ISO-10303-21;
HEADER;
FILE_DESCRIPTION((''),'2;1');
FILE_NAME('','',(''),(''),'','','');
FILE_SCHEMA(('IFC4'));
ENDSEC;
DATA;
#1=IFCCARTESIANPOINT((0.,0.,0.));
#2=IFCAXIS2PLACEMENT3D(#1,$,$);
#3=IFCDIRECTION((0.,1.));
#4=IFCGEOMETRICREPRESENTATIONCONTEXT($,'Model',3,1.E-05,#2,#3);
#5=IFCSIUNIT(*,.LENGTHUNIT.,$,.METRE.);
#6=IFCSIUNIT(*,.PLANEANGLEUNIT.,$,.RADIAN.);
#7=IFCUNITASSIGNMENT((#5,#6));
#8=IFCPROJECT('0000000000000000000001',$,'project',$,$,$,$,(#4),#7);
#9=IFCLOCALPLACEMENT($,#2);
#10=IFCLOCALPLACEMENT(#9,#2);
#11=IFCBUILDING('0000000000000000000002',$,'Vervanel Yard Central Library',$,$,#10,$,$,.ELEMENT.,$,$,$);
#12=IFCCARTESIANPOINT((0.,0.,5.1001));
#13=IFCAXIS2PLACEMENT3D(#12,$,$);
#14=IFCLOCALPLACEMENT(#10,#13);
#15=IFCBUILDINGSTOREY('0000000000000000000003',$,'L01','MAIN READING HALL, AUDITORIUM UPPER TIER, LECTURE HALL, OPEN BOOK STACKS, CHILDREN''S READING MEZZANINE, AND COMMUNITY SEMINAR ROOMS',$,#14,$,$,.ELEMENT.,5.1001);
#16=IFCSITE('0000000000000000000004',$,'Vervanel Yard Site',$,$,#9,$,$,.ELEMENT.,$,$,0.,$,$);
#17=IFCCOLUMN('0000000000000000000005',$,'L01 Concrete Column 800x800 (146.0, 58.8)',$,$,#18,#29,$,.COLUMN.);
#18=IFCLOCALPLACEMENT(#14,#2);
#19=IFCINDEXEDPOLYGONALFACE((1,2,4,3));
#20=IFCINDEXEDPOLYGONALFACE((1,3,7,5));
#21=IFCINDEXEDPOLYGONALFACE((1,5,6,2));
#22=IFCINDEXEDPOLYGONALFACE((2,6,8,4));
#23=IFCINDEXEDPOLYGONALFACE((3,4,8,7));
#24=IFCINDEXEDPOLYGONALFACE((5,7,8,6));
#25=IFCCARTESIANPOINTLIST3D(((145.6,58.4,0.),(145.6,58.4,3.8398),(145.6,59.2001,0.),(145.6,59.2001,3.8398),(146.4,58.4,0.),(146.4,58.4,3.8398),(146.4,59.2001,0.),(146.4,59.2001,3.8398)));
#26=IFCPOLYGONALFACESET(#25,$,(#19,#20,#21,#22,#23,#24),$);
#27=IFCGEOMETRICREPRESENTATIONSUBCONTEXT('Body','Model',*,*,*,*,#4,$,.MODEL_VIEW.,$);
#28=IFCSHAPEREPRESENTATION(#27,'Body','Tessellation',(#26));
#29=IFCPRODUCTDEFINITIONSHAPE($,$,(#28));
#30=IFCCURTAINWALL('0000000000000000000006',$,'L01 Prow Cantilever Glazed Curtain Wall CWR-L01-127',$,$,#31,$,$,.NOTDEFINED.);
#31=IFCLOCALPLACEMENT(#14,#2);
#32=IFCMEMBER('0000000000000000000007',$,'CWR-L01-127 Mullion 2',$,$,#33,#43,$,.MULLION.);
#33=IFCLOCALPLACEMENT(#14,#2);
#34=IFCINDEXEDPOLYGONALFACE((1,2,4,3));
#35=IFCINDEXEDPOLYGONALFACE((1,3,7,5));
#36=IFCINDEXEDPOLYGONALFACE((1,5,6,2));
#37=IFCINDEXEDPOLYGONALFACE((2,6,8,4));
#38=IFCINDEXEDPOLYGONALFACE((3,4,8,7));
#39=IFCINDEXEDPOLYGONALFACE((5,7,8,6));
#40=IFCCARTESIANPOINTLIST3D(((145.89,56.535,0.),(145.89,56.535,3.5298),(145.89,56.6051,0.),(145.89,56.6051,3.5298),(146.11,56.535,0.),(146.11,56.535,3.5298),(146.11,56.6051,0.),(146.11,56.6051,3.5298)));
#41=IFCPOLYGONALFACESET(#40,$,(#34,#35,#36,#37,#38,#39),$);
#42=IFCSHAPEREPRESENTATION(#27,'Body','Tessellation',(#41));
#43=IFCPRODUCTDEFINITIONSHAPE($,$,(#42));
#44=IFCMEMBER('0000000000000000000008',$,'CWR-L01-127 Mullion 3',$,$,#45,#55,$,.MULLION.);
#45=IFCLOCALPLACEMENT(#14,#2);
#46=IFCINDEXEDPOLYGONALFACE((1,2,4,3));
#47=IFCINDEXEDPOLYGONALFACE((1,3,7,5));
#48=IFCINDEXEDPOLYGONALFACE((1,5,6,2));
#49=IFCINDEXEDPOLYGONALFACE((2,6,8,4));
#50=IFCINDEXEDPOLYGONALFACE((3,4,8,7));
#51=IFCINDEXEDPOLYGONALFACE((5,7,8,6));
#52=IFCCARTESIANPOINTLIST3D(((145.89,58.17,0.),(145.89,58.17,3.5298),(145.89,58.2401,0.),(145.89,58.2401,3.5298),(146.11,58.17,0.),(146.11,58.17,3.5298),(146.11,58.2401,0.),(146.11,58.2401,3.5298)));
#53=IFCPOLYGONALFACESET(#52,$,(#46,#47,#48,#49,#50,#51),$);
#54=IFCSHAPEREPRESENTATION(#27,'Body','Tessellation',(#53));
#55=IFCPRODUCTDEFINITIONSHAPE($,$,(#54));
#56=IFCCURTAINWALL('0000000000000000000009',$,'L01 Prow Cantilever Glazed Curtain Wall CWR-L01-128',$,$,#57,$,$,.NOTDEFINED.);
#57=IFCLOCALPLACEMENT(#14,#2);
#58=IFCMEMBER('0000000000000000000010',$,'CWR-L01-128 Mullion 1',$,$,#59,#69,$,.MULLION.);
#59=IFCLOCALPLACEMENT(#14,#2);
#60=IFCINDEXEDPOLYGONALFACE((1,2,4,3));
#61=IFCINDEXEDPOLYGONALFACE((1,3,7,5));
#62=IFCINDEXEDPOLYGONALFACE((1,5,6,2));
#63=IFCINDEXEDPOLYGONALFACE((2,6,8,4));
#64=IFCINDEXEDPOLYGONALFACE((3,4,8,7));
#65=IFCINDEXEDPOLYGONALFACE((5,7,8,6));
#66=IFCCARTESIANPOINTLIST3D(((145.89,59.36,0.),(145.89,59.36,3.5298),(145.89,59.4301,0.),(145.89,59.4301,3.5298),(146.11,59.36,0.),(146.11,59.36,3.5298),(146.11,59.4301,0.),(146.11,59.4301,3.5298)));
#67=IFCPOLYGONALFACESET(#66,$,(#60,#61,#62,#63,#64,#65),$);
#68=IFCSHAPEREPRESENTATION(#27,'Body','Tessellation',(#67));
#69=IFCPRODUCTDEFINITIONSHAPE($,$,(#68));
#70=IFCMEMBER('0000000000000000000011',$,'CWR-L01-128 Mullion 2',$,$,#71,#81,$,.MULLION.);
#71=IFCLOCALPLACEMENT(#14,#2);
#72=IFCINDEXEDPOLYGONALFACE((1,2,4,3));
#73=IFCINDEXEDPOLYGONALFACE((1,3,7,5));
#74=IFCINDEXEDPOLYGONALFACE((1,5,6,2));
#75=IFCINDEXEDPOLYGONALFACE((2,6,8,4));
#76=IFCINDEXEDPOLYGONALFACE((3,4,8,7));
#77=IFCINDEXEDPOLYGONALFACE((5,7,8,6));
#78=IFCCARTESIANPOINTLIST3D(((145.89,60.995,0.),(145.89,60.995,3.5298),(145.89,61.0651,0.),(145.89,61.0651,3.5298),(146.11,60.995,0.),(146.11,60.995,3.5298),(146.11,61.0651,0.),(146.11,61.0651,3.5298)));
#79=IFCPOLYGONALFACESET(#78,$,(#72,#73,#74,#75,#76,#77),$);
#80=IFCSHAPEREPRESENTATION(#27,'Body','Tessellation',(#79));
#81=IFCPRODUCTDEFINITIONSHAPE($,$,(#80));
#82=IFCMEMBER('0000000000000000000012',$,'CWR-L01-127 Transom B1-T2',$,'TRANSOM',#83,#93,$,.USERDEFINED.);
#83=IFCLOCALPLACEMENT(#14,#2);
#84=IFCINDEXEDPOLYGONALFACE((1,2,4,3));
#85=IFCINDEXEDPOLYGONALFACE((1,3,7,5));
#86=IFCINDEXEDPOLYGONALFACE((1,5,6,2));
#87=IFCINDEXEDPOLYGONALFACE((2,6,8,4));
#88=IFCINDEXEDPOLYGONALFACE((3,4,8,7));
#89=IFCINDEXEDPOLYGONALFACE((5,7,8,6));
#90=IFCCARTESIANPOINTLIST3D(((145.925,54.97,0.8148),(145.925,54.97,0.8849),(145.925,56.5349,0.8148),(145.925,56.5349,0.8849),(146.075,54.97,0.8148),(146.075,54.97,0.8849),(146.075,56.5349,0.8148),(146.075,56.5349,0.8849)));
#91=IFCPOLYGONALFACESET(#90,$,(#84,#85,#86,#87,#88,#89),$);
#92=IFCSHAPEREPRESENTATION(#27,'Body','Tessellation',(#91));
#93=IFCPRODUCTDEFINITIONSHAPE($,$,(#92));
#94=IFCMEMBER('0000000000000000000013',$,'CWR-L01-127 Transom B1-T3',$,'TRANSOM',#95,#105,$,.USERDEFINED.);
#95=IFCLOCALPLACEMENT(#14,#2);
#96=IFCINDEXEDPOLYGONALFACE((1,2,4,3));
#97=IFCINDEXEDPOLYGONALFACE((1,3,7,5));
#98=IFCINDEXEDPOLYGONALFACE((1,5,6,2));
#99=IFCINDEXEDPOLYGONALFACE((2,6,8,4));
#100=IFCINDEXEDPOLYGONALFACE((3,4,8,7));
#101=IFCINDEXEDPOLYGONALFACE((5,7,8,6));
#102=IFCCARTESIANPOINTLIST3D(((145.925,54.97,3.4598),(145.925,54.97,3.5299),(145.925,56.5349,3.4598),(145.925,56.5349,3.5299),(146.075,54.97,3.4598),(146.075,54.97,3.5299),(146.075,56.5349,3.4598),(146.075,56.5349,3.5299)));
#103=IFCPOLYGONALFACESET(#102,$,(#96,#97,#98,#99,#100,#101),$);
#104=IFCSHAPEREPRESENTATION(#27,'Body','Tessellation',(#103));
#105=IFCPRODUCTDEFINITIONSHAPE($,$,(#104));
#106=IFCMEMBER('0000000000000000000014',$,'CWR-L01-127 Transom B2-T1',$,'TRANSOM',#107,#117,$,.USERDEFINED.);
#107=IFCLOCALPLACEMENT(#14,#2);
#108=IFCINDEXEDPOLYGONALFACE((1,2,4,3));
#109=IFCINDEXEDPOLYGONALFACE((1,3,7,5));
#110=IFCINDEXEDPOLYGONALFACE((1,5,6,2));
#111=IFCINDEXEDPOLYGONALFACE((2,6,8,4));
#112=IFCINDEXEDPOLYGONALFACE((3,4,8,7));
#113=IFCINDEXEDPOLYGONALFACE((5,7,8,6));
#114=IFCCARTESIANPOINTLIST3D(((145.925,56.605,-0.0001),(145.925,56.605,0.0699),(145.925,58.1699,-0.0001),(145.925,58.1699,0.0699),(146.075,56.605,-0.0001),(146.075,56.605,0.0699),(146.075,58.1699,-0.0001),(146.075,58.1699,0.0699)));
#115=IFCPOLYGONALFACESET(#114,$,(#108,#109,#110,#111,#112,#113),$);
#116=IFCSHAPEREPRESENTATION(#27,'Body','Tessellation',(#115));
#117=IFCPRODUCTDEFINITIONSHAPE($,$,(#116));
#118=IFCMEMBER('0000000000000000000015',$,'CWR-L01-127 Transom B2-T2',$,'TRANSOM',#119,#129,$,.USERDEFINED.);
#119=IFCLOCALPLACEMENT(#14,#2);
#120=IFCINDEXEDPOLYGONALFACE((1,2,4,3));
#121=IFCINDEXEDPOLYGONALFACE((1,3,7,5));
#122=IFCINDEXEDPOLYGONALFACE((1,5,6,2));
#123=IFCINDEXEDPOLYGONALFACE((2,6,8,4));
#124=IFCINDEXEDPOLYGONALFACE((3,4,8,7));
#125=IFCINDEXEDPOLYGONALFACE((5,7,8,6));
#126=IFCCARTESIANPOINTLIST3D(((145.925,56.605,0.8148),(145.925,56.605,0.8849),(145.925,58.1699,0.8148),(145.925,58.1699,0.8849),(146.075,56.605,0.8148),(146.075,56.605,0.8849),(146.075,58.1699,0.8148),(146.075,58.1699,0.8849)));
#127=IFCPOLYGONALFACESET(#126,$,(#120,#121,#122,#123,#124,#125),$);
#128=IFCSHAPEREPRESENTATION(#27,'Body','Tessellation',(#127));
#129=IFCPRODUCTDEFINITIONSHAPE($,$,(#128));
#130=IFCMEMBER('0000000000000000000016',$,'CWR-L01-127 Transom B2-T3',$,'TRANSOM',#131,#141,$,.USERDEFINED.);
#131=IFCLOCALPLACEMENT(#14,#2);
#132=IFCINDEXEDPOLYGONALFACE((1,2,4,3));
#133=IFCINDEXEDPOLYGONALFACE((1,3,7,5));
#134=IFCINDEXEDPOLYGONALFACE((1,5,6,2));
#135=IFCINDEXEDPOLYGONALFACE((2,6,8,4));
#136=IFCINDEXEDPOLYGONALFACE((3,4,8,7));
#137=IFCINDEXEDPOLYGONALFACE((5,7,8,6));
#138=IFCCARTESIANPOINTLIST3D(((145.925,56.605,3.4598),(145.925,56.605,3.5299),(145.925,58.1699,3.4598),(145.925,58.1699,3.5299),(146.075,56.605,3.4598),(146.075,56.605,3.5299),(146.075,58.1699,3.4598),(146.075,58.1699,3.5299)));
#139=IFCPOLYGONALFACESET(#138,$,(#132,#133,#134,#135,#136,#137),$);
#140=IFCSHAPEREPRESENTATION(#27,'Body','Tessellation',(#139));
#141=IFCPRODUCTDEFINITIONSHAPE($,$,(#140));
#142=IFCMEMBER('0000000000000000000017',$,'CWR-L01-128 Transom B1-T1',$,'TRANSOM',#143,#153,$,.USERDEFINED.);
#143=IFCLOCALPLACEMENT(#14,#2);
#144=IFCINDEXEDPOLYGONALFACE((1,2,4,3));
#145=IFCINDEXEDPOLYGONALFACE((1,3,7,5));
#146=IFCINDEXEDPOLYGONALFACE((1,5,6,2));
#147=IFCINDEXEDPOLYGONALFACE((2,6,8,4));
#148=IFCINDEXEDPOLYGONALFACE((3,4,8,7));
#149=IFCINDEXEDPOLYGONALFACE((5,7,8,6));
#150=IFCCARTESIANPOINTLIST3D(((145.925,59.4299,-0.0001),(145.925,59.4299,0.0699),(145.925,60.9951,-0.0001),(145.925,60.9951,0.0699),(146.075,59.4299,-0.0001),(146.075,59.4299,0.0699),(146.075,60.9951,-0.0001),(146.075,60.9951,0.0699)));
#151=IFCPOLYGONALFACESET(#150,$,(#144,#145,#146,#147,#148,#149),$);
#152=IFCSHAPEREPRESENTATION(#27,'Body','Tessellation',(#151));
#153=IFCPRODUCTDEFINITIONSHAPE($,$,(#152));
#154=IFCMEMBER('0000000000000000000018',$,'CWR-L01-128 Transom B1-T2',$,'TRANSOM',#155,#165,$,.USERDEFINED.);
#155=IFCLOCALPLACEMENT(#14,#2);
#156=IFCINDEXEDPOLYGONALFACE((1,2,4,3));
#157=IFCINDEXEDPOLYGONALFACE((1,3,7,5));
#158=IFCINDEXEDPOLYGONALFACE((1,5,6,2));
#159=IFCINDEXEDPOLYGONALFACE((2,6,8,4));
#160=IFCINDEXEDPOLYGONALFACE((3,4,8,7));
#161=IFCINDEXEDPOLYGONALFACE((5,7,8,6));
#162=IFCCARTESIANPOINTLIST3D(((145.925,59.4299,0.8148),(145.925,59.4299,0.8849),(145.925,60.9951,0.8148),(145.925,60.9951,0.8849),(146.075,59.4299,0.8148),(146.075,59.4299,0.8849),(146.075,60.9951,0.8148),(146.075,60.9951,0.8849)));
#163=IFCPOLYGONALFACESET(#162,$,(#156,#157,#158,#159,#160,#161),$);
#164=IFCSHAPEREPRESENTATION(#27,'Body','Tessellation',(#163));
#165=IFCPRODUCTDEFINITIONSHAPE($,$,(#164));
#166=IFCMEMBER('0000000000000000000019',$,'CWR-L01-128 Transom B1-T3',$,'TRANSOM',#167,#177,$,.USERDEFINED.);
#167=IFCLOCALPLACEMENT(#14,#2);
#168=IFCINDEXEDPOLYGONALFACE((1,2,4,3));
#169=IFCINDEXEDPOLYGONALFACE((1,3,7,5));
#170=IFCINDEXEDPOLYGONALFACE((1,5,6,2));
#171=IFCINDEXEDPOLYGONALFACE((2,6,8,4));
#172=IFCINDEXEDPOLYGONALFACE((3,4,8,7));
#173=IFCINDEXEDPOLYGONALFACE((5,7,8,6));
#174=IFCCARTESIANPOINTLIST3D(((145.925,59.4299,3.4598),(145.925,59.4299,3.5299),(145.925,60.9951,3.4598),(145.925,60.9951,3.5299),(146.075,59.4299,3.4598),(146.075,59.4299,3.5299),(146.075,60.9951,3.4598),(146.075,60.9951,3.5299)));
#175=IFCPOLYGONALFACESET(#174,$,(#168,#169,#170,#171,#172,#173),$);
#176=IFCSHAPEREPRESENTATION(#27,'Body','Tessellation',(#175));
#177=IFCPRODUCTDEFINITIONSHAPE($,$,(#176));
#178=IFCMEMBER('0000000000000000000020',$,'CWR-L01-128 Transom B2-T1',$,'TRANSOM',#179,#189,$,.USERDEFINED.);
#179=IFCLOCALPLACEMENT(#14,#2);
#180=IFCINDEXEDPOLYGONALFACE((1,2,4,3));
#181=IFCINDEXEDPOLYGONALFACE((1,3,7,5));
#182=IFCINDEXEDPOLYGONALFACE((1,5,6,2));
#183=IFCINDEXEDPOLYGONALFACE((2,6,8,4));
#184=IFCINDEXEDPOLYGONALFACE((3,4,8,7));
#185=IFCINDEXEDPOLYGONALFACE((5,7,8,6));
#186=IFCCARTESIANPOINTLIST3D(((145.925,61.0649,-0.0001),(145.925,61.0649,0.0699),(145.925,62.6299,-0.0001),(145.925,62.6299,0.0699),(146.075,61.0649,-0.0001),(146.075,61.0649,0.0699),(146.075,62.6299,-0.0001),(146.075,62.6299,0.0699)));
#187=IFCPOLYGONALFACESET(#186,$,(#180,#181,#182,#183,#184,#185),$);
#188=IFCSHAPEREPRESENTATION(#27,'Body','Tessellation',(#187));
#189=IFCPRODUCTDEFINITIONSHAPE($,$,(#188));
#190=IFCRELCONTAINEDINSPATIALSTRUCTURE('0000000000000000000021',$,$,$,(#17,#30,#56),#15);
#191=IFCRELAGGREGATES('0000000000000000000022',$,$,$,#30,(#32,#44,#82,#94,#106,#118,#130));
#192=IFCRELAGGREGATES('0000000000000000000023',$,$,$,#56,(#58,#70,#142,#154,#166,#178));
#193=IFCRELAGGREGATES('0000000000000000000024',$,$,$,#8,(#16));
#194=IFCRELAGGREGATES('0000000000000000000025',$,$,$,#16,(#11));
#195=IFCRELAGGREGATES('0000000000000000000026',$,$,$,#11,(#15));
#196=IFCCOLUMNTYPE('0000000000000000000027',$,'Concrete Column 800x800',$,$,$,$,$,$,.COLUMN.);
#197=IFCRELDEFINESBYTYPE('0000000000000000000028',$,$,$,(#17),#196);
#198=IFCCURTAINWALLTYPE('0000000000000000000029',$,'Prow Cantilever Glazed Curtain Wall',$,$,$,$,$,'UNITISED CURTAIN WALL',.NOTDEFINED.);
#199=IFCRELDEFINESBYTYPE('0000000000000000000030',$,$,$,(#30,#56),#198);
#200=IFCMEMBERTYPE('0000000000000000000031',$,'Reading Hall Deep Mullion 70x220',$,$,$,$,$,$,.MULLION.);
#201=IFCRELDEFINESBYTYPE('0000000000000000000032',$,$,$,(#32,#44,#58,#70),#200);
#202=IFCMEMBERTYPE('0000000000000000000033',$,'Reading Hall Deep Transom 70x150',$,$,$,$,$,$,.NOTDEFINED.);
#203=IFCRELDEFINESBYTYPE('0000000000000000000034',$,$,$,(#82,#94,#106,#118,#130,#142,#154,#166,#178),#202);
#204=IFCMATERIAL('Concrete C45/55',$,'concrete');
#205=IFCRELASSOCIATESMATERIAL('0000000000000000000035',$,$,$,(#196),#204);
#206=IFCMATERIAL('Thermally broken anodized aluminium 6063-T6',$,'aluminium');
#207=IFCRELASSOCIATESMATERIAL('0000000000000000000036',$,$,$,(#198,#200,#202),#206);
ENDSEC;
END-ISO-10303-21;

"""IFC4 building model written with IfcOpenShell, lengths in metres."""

from ifc_helpers import new_model, si_unit, direction, frame, origin, origin_2d, place, context, subcontext, project, spatial, rectangle, extrude, material, material_profile, profile_set, type_object, element, aggregate, save


model = new_model("IFC4")

# Units and contexts
model_context = context("Model", 3, precision=1e-05, world=origin(), true_north=direction((0.0, 1.0)))
body_context = subcontext(model_context, "Body", "Model", "MODEL_VIEW")
ifc_project = project(units=[si_unit("LENGTHUNIT", "METRE"), si_unit("PLANEANGLEUNIT", "RADIAN")], contexts=[model_context])

# Site, building, storey
site_placement = place(None, origin())
site = spatial("IfcSite", under=ifc_project, at=site_placement, Name="Vervanel Yard Site", CompositionType="ELEMENT", RefElevation=0.0)
building_placement = place(site_placement, origin())
building = spatial("IfcBuilding", under=site, at=building_placement, Name="Vervanel Yard Central Library", CompositionType="ELEMENT")
storey_placement = place(building_placement, frame((0.0, 0.0, 5.1001)))
storey = spatial("IfcBuildingStorey", under=building, at=storey_placement, Name="L01", Description="MAIN READING HALL, AUDITORIUM UPPER TIER, LECTURE HALL, OPEN BOOK STACKS, CHILDREN'S READING MEZZANINE, AND COMMUNITY SEMINAR ROOMS", CompositionType="ELEMENT", Elevation=5.1001)

# Column
ifc_material_1 = material(Name="Concrete C45/55", Category="concrete")
ifc_material_profile_1 = material_profile(ifc_material_1, rectangle(XDim=0.8, YDim=0.8, at=origin_2d()), Name="RC 800x800", Category="concrete")
ifc_profile_set_1 = profile_set([ifc_material_profile_1], Name="Concrete C45/55")
column_type = type_object("IfcColumnType", Name="Concrete Column 800x800", PredefinedType="COLUMN", material=ifc_profile_set_1)
column_placement = place(storey_placement, frame((146.0, 58.8, 0.0), z_axis=(0.0, 0.0, 1.0), x_axis=(1.0, 0.0, 0.0)))
element("IfcColumn", 1, at=column_placement, inside=storey, type_object=column_type, Name="L01 Concrete Column 800x800 (146.0, 58.8)", PredefinedType="COLUMN", context=body_context, shape_type="SweptSolid", body=[
    extrude(rectangle(XDim=0.8, YDim=0.8, at=origin_2d()), origin(), (0.0, 0.0, 1.0), 3.8398),
])

# Curtain walls, members
ifc_material_2 = material(Name="Thermally broken anodized aluminium 6063-T6", Category="aluminium")
curtain_wall_type = type_object("IfcCurtainWallType", Name="Prow Cantilever Glazed Curtain Wall", ElementType="UNITISED CURTAIN WALL", PredefinedType="NOTDEFINED", material=ifc_material_2)
curtain_wall_1_placement = place(storey_placement, origin())
curtain_wall_1 = element("IfcCurtainWall", 2, at=curtain_wall_1_placement, inside=storey, type_object=curtain_wall_type, Name="L01 Prow Cantilever Glazed Curtain Wall CWR-L01-127", PredefinedType="NOTDEFINED")
ifc_material_profile_2 = material_profile(ifc_material_2, rectangle(XDim=0.0701, YDim=0.22, at=origin_2d()), Name="ALU 70x220", Category="aluminium")
ifc_profile_set_2 = profile_set([ifc_material_profile_2], Name="Thermally broken anodized aluminium 6063-T6")
member_type_1 = type_object("IfcMemberType", Name="Reading Hall Deep Mullion 70x220", PredefinedType="MULLION", material=ifc_profile_set_2)
member_1_placement = place(storey_placement, frame((146.0, 56.5701, 0.0), z_axis=(0.0, 0.0, 1.0), x_axis=(0.0, 1.0, 0.0)))
member_1 = element("IfcMember", 3, at=member_1_placement, type_object=member_type_1, Name="CWR-L01-127 Mullion 2", PredefinedType="MULLION", context=body_context, shape_type="SweptSolid", body=[
    extrude(rectangle(XDim=0.0701, YDim=0.22, at=origin_2d()), origin(), (0.0, 0.0, 1.0), 3.5298),
])
member_2_placement = place(storey_placement, frame((146.0, 58.2051, 0.0), z_axis=(0.0, 0.0, 1.0), x_axis=(0.0, 1.0, 0.0)))
member_2 = element("IfcMember", 4, at=member_2_placement, type_object=member_type_1, Name="CWR-L01-127 Mullion 3", PredefinedType="MULLION", context=body_context, shape_type="SweptSolid", body=[
    extrude(rectangle(XDim=0.0701, YDim=0.22, at=origin_2d()), origin(), (0.0, 0.0, 1.0), 3.5298),
])
curtain_wall_2_placement = place(storey_placement, origin())
curtain_wall_2 = element("IfcCurtainWall", 5, at=curtain_wall_2_placement, inside=storey, type_object=curtain_wall_type, Name="L01 Prow Cantilever Glazed Curtain Wall CWR-L01-128", PredefinedType="NOTDEFINED")
member_3_placement = place(storey_placement, frame((146.0, 59.395, 0.0), z_axis=(0.0, 0.0, 1.0), x_axis=(0.0, 1.0, 0.0)))
member_3 = element("IfcMember", 6, at=member_3_placement, type_object=member_type_1, Name="CWR-L01-128 Mullion 1", PredefinedType="MULLION", context=body_context, shape_type="SweptSolid", body=[
    extrude(rectangle(XDim=0.0701, YDim=0.22, at=origin_2d()), origin(), (0.0, 0.0, 1.0), 3.5298),
])
member_4_placement = place(storey_placement, frame((146.0, 61.03, 0.0), z_axis=(0.0, 0.0, 1.0), x_axis=(0.0, 1.0, 0.0)))
member_4 = element("IfcMember", 7, at=member_4_placement, type_object=member_type_1, Name="CWR-L01-128 Mullion 2", PredefinedType="MULLION", context=body_context, shape_type="SweptSolid", body=[
    extrude(rectangle(XDim=0.0701, YDim=0.22, at=origin_2d()), origin(), (0.0, 0.0, 1.0), 3.5298),
])

# Members
ifc_material_profile_3 = material_profile(ifc_material_2, rectangle(XDim=0.0701, YDim=0.1499, at=origin_2d()), Name="ALU 70x150", Category="aluminium")
ifc_profile_set_3 = profile_set([ifc_material_profile_3], Name="Thermally broken anodized aluminium 6063-T6")
member_type_2 = type_object("IfcMemberType", Name="Reading Hall Deep Transom 70x150", PredefinedType="NOTDEFINED", material=ifc_profile_set_3)
member_5_placement = place(storey_placement, frame((146.0, 54.97, 0.8499), z_axis=(0.0, 1.0, 0.0), x_axis=(0.0, 0.0, 1.0)))
member_5 = element("IfcMember", 8, at=member_5_placement, type_object=member_type_2, Name="CWR-L01-127 Transom B1-T2", ObjectType="TRANSOM", PredefinedType="USERDEFINED", context=body_context, shape_type="SweptSolid", body=[
    extrude(rectangle(XDim=0.0701, YDim=0.1499, at=origin_2d()), origin(), (0.0, 0.0, 1.0), 1.5649),
])
member_6_placement = place(storey_placement, frame((146.0, 54.97, 3.4949), z_axis=(0.0, 1.0, 0.0), x_axis=(0.0, 0.0, 1.0)))
member_6 = element("IfcMember", 9, at=member_6_placement, type_object=member_type_2, Name="CWR-L01-127 Transom B1-T3", ObjectType="TRANSOM", PredefinedType="USERDEFINED", context=body_context, shape_type="SweptSolid", body=[
    extrude(rectangle(XDim=0.0701, YDim=0.1499, at=origin_2d()), origin(), (0.0, 0.0, 1.0), 1.5649),
])
member_7_placement = place(storey_placement, frame((146.0, 56.605, 0.0349), z_axis=(0.0, 1.0, 0.0), x_axis=(0.0, 0.0, 1.0)))
member_7 = element("IfcMember", 10, at=member_7_placement, type_object=member_type_2, Name="CWR-L01-127 Transom B2-T1", ObjectType="TRANSOM", PredefinedType="USERDEFINED", context=body_context, shape_type="SweptSolid", body=[
    extrude(rectangle(XDim=0.0701, YDim=0.1499, at=origin_2d()), origin(), (0.0, 0.0, 1.0), 1.5649),
])
member_8_placement = place(storey_placement, frame((146.0, 56.605, 0.8499), z_axis=(0.0, 1.0, 0.0), x_axis=(0.0, 0.0, 1.0)))
member_8 = element("IfcMember", 11, at=member_8_placement, type_object=member_type_2, Name="CWR-L01-127 Transom B2-T2", ObjectType="TRANSOM", PredefinedType="USERDEFINED", context=body_context, shape_type="SweptSolid", body=[
    extrude(rectangle(XDim=0.0701, YDim=0.1499, at=origin_2d()), origin(), (0.0, 0.0, 1.0), 1.5649),
])
member_9_placement = place(storey_placement, frame((146.0, 56.605, 3.4949), z_axis=(0.0, 1.0, 0.0), x_axis=(0.0, 0.0, 1.0)))
member_9 = element("IfcMember", 12, at=member_9_placement, type_object=member_type_2, Name="CWR-L01-127 Transom B2-T3", ObjectType="TRANSOM", PredefinedType="USERDEFINED", context=body_context, shape_type="SweptSolid", body=[
    extrude(rectangle(XDim=0.0701, YDim=0.1499, at=origin_2d()), origin(), (0.0, 0.0, 1.0), 1.5649),
])
member_10_placement = place(storey_placement, frame((146.0, 59.4299, 0.0349), z_axis=(0.0, 1.0, 0.0), x_axis=(0.0, 0.0, 1.0)))
member_10 = element("IfcMember", 13, at=member_10_placement, type_object=member_type_2, Name="CWR-L01-128 Transom B1-T1", ObjectType="TRANSOM", PredefinedType="USERDEFINED", context=body_context, shape_type="SweptSolid", body=[
    extrude(rectangle(XDim=0.0701, YDim=0.1499, at=origin_2d()), origin(), (0.0, 0.0, 1.0), 1.5652),
])
member_11_placement = place(storey_placement, frame((146.0, 59.4299, 0.8499), z_axis=(0.0, 1.0, 0.0), x_axis=(0.0, 0.0, 1.0)))
member_11 = element("IfcMember", 14, at=member_11_placement, type_object=member_type_2, Name="CWR-L01-128 Transom B1-T2", ObjectType="TRANSOM", PredefinedType="USERDEFINED", context=body_context, shape_type="SweptSolid", body=[
    extrude(rectangle(XDim=0.0701, YDim=0.1499, at=origin_2d()), origin(), (0.0, 0.0, 1.0), 1.5652),
])
member_12_placement = place(storey_placement, frame((146.0, 59.4299, 3.4949), z_axis=(0.0, 1.0, 0.0), x_axis=(0.0, 0.0, 1.0)))
member_12 = element("IfcMember", 15, at=member_12_placement, type_object=member_type_2, Name="CWR-L01-128 Transom B1-T3", ObjectType="TRANSOM", PredefinedType="USERDEFINED", context=body_context, shape_type="SweptSolid", body=[
    extrude(rectangle(XDim=0.0701, YDim=0.1499, at=origin_2d()), origin(), (0.0, 0.0, 1.0), 1.5652),
])
member_13_placement = place(storey_placement, frame((146.0, 61.0649, 0.0349), z_axis=(0.0, 1.0, 0.0), x_axis=(0.0, 0.0, 1.0)))
member_13 = element("IfcMember", 16, at=member_13_placement, type_object=member_type_2, Name="CWR-L01-128 Transom B2-T1", ObjectType="TRANSOM", PredefinedType="USERDEFINED", context=body_context, shape_type="SweptSolid", body=[
    extrude(rectangle(XDim=0.0701, YDim=0.1499, at=origin_2d()), origin(), (0.0, 0.0, 1.0), 1.5649),
])

aggregate(curtain_wall_1, [member_1, member_2, member_5, member_6, member_7, member_8, member_9])
aggregate(curtain_wall_2, [member_3, member_4, member_10, member_11, member_12, member_13])

save(model, "model.ifc")
